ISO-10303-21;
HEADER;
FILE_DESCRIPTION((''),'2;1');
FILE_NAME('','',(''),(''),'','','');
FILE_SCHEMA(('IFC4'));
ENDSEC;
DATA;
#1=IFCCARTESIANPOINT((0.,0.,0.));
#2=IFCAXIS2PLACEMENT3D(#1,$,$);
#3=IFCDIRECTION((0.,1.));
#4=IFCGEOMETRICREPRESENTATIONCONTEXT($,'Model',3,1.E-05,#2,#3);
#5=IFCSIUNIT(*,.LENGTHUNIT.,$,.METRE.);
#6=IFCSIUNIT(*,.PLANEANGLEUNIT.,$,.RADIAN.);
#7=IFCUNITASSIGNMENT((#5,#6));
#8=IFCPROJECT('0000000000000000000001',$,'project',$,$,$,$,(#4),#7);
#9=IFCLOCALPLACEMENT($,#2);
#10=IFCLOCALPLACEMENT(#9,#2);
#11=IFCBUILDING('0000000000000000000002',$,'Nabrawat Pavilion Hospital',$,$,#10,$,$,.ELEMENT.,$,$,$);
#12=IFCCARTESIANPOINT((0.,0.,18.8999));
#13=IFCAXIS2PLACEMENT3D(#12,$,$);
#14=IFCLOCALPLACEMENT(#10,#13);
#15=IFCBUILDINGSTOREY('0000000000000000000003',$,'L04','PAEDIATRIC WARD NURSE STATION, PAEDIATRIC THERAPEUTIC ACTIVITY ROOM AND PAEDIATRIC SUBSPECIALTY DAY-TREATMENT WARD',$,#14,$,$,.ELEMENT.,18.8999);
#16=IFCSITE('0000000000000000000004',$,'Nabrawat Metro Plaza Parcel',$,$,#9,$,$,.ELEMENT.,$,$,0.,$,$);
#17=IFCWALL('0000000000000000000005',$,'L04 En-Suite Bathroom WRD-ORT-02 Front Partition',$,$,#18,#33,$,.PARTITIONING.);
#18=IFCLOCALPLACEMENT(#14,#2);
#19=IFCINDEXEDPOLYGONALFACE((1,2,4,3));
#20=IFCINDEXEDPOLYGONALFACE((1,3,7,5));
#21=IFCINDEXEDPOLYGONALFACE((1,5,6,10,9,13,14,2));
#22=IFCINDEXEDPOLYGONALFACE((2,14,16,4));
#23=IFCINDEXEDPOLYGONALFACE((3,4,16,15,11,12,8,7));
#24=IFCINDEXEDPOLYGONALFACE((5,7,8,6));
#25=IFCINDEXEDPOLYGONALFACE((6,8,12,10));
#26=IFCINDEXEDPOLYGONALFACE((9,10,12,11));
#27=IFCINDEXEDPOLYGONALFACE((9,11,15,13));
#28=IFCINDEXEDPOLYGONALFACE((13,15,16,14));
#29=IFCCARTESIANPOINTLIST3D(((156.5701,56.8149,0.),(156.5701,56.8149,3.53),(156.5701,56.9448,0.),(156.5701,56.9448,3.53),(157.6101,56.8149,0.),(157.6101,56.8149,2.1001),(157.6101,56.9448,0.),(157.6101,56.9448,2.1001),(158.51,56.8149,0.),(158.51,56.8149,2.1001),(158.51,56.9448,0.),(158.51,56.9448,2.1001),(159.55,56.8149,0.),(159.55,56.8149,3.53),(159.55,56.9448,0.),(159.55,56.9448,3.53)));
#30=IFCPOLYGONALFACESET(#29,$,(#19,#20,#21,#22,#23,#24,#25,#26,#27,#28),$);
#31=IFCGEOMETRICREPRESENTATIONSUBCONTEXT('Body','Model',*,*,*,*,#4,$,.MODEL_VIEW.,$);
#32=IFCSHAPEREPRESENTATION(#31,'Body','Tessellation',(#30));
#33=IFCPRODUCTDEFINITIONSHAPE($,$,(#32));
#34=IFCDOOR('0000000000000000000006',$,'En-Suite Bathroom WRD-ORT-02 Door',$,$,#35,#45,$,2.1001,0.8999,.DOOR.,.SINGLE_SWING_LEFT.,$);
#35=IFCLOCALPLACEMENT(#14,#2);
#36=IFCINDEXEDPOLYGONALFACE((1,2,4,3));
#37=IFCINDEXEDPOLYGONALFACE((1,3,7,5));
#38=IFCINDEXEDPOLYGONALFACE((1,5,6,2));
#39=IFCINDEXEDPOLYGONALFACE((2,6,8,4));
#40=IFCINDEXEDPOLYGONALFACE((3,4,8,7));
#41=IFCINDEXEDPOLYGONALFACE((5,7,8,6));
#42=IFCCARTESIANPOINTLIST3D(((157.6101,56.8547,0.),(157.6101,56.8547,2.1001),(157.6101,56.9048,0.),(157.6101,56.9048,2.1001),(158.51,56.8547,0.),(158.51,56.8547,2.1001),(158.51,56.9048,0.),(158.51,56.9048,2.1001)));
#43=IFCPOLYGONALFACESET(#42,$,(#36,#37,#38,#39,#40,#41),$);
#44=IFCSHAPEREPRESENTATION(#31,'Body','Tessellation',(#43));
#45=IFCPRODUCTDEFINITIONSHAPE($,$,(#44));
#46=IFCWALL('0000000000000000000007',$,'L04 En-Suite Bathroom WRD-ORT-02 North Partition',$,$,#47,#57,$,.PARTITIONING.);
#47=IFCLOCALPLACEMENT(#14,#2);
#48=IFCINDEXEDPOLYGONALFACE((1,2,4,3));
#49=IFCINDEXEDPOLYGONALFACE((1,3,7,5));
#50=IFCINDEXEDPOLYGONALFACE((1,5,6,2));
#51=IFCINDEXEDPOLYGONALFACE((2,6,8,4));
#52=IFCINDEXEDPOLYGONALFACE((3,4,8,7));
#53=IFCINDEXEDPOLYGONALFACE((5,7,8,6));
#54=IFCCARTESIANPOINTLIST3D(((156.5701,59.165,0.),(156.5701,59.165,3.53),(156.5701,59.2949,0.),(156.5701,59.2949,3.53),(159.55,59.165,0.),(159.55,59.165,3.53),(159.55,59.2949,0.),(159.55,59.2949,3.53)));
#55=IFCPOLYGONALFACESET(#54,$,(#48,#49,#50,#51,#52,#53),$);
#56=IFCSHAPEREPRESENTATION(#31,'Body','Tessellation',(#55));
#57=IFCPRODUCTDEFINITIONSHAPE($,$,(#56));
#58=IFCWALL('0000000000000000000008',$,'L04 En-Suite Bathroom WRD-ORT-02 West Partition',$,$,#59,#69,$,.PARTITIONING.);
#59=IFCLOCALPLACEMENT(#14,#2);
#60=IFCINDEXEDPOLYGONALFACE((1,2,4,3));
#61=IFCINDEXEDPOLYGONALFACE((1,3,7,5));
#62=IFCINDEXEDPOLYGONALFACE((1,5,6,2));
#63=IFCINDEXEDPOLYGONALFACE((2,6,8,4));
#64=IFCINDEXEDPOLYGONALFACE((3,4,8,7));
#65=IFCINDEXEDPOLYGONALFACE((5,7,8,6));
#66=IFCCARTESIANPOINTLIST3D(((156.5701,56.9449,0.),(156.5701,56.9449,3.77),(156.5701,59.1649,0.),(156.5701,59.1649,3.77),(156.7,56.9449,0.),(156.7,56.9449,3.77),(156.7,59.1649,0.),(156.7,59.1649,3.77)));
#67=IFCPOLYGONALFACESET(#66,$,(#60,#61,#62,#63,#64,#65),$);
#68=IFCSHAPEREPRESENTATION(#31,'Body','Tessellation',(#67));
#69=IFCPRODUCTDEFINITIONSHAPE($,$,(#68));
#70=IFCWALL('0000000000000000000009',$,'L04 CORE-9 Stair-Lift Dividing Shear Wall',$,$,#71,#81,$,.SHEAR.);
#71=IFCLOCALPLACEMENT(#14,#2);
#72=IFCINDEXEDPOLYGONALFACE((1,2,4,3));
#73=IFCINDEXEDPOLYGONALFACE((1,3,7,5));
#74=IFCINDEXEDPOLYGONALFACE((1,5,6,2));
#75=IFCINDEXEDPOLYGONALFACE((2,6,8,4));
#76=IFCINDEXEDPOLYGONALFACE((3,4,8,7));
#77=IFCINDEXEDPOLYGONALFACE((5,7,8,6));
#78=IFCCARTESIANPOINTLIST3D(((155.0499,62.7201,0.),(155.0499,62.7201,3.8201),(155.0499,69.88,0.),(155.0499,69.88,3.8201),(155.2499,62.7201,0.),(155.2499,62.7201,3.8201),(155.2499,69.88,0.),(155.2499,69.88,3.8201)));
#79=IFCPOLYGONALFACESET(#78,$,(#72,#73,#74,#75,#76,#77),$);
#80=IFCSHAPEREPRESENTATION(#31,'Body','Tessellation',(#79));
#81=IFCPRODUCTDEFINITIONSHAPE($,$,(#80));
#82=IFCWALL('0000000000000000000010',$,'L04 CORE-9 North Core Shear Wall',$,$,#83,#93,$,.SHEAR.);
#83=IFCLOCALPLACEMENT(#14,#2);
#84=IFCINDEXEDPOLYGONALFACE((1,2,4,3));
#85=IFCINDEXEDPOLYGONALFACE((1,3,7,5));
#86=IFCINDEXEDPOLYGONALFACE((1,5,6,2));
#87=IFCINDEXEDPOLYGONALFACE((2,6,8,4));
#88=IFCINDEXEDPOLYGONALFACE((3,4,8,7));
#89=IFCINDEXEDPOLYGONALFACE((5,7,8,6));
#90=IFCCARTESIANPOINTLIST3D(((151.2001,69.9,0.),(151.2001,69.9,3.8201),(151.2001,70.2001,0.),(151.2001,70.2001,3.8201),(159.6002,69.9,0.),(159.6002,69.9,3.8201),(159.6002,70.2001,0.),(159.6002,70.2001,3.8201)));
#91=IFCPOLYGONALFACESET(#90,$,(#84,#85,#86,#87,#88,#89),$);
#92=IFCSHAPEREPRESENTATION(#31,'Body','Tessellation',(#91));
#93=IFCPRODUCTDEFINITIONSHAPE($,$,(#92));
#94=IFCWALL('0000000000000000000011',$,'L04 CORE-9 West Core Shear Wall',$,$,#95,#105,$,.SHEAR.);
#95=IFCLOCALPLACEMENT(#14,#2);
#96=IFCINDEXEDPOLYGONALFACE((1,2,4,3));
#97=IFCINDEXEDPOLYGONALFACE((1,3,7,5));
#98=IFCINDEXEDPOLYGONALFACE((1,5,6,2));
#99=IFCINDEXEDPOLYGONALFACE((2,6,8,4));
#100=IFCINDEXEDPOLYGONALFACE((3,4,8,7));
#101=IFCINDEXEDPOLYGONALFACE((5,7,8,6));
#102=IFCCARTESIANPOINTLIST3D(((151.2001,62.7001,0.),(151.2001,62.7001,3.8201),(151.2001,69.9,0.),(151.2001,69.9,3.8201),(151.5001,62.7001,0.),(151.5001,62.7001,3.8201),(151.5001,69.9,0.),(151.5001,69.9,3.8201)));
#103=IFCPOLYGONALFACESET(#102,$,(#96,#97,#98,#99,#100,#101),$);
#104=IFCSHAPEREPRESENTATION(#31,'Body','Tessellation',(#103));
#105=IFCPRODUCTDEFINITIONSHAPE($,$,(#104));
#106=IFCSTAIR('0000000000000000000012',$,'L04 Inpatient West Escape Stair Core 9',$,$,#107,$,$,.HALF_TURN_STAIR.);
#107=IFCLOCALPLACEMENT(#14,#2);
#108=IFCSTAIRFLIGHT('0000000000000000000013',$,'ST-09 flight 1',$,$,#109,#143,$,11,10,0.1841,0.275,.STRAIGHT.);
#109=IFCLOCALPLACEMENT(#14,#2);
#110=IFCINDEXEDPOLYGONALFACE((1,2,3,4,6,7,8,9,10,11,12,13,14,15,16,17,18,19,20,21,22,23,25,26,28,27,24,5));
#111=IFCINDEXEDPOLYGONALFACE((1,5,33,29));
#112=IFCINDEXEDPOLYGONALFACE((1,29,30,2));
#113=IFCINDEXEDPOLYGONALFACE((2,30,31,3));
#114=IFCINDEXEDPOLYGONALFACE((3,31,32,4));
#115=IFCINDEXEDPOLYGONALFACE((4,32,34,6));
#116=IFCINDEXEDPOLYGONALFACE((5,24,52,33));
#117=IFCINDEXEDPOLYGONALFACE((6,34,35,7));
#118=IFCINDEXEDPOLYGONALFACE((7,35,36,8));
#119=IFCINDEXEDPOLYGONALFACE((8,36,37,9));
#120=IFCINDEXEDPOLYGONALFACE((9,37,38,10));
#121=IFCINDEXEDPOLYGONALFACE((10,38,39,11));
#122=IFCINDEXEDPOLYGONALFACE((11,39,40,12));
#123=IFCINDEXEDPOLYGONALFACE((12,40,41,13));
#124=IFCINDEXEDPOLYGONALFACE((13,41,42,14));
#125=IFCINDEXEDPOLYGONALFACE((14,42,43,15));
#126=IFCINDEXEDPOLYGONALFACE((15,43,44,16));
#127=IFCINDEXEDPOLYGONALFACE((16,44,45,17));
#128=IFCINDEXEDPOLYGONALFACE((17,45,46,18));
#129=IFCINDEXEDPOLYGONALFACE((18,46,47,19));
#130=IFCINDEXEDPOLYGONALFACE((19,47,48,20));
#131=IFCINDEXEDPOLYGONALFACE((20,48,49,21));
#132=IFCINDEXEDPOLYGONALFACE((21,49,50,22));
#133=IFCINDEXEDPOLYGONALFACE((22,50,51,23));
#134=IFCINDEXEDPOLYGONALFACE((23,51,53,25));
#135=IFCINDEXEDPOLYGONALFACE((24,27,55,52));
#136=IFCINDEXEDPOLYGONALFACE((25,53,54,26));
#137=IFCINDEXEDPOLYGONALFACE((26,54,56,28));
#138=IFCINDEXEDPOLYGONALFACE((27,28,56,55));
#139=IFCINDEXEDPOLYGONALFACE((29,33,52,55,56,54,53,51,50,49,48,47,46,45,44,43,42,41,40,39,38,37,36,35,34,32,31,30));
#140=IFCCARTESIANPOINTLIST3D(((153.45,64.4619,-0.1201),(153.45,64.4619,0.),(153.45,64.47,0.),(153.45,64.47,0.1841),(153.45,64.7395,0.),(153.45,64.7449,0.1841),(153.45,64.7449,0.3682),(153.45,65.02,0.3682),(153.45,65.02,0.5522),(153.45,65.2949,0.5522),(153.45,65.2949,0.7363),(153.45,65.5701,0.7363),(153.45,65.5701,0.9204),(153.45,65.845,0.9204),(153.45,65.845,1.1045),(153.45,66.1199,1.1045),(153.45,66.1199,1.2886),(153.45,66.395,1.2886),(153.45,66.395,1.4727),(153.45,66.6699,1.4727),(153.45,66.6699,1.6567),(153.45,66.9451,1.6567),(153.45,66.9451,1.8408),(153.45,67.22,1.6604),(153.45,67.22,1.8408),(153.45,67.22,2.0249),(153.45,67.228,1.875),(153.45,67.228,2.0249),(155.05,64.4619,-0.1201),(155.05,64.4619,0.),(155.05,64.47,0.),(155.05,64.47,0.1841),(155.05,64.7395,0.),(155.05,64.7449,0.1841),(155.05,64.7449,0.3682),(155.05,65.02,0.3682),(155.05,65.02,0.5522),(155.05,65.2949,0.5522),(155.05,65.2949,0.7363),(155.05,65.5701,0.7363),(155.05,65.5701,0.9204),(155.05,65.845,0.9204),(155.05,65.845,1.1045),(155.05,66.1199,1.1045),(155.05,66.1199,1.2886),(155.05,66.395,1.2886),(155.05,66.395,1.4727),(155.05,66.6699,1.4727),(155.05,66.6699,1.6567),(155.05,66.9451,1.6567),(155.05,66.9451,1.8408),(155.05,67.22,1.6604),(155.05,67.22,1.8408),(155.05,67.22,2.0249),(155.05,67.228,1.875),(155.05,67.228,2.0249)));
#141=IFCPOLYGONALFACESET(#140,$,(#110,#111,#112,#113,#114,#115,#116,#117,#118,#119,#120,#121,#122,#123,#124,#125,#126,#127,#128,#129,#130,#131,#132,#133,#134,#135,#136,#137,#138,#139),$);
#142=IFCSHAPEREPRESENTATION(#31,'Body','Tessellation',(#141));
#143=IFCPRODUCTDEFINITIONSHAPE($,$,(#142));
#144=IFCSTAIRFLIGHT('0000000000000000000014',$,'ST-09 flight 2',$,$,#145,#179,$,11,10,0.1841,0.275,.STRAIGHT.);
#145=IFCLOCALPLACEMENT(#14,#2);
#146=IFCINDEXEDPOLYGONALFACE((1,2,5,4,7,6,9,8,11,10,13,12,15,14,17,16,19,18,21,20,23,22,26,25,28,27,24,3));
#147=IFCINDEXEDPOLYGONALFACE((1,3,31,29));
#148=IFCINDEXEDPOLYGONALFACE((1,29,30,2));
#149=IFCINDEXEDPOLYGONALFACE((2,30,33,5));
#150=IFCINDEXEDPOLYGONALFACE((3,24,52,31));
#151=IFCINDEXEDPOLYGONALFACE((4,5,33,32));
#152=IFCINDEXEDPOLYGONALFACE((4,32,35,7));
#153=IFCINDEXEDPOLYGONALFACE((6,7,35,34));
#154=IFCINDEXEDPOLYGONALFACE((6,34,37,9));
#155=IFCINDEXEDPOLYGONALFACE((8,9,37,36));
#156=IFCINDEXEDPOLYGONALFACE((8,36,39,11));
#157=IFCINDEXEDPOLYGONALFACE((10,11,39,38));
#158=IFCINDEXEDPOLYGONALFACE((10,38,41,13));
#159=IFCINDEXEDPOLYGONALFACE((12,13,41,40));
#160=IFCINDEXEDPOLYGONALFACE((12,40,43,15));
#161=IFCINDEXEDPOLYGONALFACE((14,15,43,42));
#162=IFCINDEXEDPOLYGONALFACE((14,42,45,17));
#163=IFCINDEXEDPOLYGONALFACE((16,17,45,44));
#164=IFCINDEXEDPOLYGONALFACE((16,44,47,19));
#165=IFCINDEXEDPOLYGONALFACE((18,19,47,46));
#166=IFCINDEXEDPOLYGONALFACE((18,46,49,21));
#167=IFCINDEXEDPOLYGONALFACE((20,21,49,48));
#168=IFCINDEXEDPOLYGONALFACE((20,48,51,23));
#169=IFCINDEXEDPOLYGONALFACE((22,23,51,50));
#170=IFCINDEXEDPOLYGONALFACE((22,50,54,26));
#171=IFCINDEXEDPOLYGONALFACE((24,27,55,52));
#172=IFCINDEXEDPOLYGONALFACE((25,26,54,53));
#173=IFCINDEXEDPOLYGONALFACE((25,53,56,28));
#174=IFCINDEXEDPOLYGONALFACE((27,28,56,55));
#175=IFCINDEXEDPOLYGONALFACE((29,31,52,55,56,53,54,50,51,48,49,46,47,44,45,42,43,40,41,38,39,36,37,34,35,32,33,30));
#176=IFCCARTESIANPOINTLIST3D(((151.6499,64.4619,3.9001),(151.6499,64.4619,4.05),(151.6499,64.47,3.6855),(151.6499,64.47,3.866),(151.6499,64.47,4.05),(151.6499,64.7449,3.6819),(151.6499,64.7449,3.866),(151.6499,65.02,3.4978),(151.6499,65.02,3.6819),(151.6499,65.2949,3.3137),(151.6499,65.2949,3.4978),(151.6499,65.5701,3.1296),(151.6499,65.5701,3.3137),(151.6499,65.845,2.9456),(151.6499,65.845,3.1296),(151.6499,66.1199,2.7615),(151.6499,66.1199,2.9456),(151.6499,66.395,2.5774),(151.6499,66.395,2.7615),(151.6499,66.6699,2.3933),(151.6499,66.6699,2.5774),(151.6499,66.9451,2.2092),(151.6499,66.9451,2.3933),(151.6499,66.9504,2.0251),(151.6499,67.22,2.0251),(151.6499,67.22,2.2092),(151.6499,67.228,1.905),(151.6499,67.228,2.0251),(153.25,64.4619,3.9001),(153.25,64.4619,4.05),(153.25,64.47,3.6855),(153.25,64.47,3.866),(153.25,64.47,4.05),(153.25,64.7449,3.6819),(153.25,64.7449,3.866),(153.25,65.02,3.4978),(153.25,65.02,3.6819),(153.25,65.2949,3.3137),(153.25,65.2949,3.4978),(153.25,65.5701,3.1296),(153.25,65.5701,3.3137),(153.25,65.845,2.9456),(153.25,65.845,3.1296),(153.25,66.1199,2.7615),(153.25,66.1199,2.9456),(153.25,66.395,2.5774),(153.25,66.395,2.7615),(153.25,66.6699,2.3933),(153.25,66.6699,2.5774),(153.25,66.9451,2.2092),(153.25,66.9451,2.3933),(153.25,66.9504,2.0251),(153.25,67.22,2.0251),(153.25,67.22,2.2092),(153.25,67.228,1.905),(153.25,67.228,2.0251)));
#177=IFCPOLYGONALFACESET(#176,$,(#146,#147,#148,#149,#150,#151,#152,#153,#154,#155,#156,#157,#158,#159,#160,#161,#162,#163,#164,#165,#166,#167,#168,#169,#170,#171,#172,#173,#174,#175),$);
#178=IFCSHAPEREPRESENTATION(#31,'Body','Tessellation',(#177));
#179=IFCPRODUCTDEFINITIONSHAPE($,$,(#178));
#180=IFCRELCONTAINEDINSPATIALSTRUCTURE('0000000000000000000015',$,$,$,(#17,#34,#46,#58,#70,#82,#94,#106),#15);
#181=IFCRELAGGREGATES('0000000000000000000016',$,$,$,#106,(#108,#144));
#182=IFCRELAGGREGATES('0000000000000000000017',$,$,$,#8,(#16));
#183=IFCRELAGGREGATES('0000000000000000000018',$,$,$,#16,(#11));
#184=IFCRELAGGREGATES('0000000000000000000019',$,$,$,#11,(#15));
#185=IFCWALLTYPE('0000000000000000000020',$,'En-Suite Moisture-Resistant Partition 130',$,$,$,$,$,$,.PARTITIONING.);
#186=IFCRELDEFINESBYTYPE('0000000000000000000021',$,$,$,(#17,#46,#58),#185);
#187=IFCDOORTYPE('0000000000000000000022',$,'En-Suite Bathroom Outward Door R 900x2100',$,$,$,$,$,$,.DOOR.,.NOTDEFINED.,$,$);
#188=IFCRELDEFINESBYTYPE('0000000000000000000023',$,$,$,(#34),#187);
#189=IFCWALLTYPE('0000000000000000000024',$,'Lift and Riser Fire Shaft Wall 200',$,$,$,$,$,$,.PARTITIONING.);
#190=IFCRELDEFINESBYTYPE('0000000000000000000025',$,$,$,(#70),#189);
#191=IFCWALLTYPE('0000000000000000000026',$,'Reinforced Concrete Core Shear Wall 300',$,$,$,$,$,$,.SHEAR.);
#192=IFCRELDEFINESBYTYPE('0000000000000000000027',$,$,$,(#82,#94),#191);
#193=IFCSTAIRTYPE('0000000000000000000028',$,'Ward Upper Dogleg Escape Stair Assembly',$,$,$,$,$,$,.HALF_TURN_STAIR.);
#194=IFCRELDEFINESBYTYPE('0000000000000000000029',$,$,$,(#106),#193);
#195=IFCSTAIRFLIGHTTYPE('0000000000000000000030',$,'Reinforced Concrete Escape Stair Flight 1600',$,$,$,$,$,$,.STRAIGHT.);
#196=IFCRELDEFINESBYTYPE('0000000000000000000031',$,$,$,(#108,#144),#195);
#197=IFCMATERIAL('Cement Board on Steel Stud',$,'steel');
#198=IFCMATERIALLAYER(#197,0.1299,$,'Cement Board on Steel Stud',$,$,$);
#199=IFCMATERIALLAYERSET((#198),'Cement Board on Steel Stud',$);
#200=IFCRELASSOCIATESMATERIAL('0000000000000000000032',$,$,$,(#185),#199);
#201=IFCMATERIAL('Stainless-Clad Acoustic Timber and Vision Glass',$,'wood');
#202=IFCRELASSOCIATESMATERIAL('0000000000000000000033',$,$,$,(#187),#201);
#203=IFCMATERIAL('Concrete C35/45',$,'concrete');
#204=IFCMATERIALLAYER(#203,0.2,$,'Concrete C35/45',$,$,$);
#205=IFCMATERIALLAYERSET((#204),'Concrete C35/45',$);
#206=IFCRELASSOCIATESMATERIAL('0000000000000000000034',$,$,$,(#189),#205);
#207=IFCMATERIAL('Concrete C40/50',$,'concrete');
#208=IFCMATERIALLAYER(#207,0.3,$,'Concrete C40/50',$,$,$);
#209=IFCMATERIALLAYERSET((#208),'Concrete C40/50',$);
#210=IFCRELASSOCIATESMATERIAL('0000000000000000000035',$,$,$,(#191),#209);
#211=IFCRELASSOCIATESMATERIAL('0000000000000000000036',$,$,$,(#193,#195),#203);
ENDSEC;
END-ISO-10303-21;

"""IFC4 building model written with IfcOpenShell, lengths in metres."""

from ifc_helpers import new_model, si_unit, direction, frame, frame_2d, origin, place, context, subcontext, project, spatial, polyline, rectangle, outline, extrude, material, layer, layer_set, type_object, element, fill, aggregate, save


model = new_model("IFC4")

# Units and contexts
model_context = context("Model", 3, precision=1e-05, world=origin(), true_north=direction((0.0, 1.0)))
body_context = subcontext(model_context, "Body", "Model", "MODEL_VIEW")
ifc_project = project(units=[si_unit("LENGTHUNIT", "METRE"), si_unit("PLANEANGLEUNIT", "RADIAN")], contexts=[model_context])

# Site, building, storey
site_placement = place(None, origin())
site = spatial("IfcSite", under=ifc_project, at=site_placement, Name="Nabrawat Metro Plaza Parcel", CompositionType="ELEMENT", RefElevation=0.0)
building_placement = place(site_placement, origin())
building = spatial("IfcBuilding", under=site, at=building_placement, Name="Nabrawat Pavilion Hospital", CompositionType="ELEMENT")
storey_placement = place(building_placement, frame((0.0, 0.0, 18.8999)))
storey = spatial("IfcBuildingStorey", under=building, at=storey_placement, Name="L04", Description="PAEDIATRIC WARD NURSE STATION, PAEDIATRIC THERAPEUTIC ACTIVITY ROOM AND PAEDIATRIC SUBSPECIALTY DAY-TREATMENT WARD", CompositionType="ELEMENT", Elevation=18.8999)

# Shared definitions
ifc_material_1 = material(Name="Concrete C40/50", Category="concrete")

# Wall, opening, door
ifc_material_2 = material(Name="Cement Board on Steel Stud", Category="steel")
ifc_layer_1 = layer(ifc_material_2, 0.1299, Name="Cement Board on Steel Stud")
ifc_layer_set_1 = layer_set([ifc_layer_1], Name="Cement Board on Steel Stud")
wall_type_1 = type_object("IfcWallType", Name="En-Suite Moisture-Resistant Partition 130", PredefinedType="PARTITIONING", material=ifc_layer_set_1)
wall_1_placement = place(storey_placement, frame((156.5701, 56.8799, 0.0), z_axis=(0.0, 0.0, 1.0), x_axis=(1.0, 0.0, 0.0)))
wall_1 = element("IfcWall", 1, at=wall_1_placement, inside=storey, type_object=wall_type_1, Name="L04 En-Suite Bathroom WRD-ORT-02 Front Partition", PredefinedType="PARTITIONING", context=body_context, shape_type="SweptSolid", body=[
    extrude(rectangle(XDim=2.98, YDim=0.1299, at=frame_2d((1.49, 0.0))), origin(), (0.0, 0.0, 1.0), 3.53),
])
opening_1_placement = place(wall_1_placement, frame((1.04, 0.0, 0.0)))
opening_1 = element("IfcOpeningElement", 2, at=opening_1_placement, cuts=wall_1, PredefinedType="OPENING", context=body_context, shape_type="SweptSolid", body=[
    extrude(rectangle(XDim=0.8999, YDim=2.1001, at=frame_2d((0.45, 1.05))), frame((0.0, 0.075, 0.0), z_axis=(0.0, -1.0, 0.0), x_axis=(1.0, 0.0, 0.0)), (0.0, 0.0, 1.0), 0.1499),
])
ifc_material_3 = material(Name="Stainless-Clad Acoustic Timber and Vision Glass", Category="wood")
door_type_1 = type_object("IfcDoorType", Name="En-Suite Bathroom Outward Door R 900x2100", OperationType="NOTDEFINED", PredefinedType="DOOR", material=ifc_material_3)
door_1_placement = place(opening_1_placement, origin())
door_1 = element("IfcDoor", 3, at=door_1_placement, inside=storey, type_object=door_type_1, Name="En-Suite Bathroom WRD-ORT-02 Door", OperationType="SINGLE_SWING_LEFT", OverallHeight=2.1001, OverallWidth=0.8999, PredefinedType="DOOR", context=body_context, shape_type="SweptSolid", body=[
    extrude(rectangle(XDim=0.8999, YDim=2.1001, at=frame_2d((0.45, 1.05))), frame((0.0, 0.0249, 0.0), z_axis=(0.0, -1.0, 0.0), x_axis=(1.0, 0.0, 0.0)), (0.0, 0.0, 1.0), 0.05),
])
fill(opening_1, door_1)

# Walls
wall_2_placement = place(storey_placement, frame((156.5701, 59.23, 0.0), z_axis=(0.0, 0.0, 1.0), x_axis=(1.0, 0.0, 0.0)))
element("IfcWall", 4, at=wall_2_placement, inside=storey, type_object=wall_type_1, Name="L04 En-Suite Bathroom WRD-ORT-02 North Partition", PredefinedType="PARTITIONING", context=body_context, shape_type="SweptSolid", body=[
    extrude(rectangle(XDim=2.98, YDim=0.1299, at=frame_2d((1.49, 0.0))), origin(), (0.0, 0.0, 1.0), 3.53),
])
wall_3_placement = place(storey_placement, frame((156.635, 56.9451, 0.0), z_axis=(0.0, 0.0, 1.0), x_axis=(0.0, 1.0, 0.0)))
element("IfcWall", 5, at=wall_3_placement, inside=storey, type_object=wall_type_1, Name="L04 En-Suite Bathroom WRD-ORT-02 West Partition", PredefinedType="PARTITIONING", context=body_context, shape_type="SweptSolid", body=[
    extrude(rectangle(XDim=2.22, YDim=0.1299, at=frame_2d((1.1099, 0.0))), origin(), (0.0, 0.0, 1.0), 3.77),
])
ifc_material_4 = material(Name="Concrete C35/45", Category="concrete")
ifc_layer_2 = layer(ifc_material_4, 0.2, Name="Concrete C35/45")
ifc_layer_set_2 = layer_set([ifc_layer_2], Name="Concrete C35/45")
wall_type_2 = type_object("IfcWallType", Name="Lift and Riser Fire Shaft Wall 200", PredefinedType="PARTITIONING", material=ifc_layer_set_2)
wall_4_placement = place(storey_placement, frame((155.1499, 62.72, 0.0), z_axis=(0.0, 0.0, 1.0), x_axis=(0.0, 1.0, 0.0)))
element("IfcWall", 6, at=wall_4_placement, inside=storey, type_object=wall_type_2, Name="L04 CORE-9 Stair-Lift Dividing Shear Wall", PredefinedType="SHEAR", context=body_context, shape_type="SweptSolid", body=[
    extrude(rectangle(XDim=7.1599, YDim=0.2, at=frame_2d((3.5801, 0.0))), origin(), (0.0, 0.0, 1.0), 3.8201),
])

# Shared definitions
ifc_layer_3 = layer(ifc_material_1, 0.3, Name="Concrete C40/50")
ifc_layer_set_3 = layer_set([ifc_layer_3], Name="Concrete C40/50")
wall_type_3 = type_object("IfcWallType", Name="Reinforced Concrete Core Shear Wall 300", PredefinedType="SHEAR", material=ifc_layer_set_3)

# Walls
wall_5_placement = place(storey_placement, frame((151.2, 70.05, 0.0), z_axis=(0.0, 0.0, 1.0), x_axis=(1.0, 0.0, 0.0)))
element("IfcWall", 7, at=wall_5_placement, inside=storey, type_object=wall_type_3, Name="L04 CORE-9 North Core Shear Wall", PredefinedType="SHEAR", context=body_context, shape_type="SweptSolid", body=[
    extrude(rectangle(XDim=8.4001, YDim=0.3, at=frame_2d((4.2002, 0.0))), origin(), (0.0, 0.0, 1.0), 3.8201),
])
wall_6_placement = place(storey_placement, frame((151.3501, 62.7, 0.0), z_axis=(0.0, 0.0, 1.0), x_axis=(0.0, 1.0, 0.0)))
element("IfcWall", 8, at=wall_6_placement, inside=storey, type_object=wall_type_3, Name="L04 CORE-9 West Core Shear Wall", PredefinedType="SHEAR", context=body_context, shape_type="SweptSolid", body=[
    extrude(rectangle(XDim=7.2, YDim=0.3, at=frame_2d((3.6001, 0.0))), origin(), (0.0, 0.0, 1.0), 3.8201),
])

# Stair, stair flights
stair_type = type_object("IfcStairType", Name="Ward Upper Dogleg Escape Stair Assembly", PredefinedType="HALF_TURN_STAIR", material=ifc_material_4)
stair_placement = place(storey_placement, origin())
stair = element("IfcStair", 9, at=stair_placement, inside=storey, type_object=stair_type, Name="L04 Inpatient West Escape Stair Core 9", PredefinedType="HALF_TURN_STAIR")
stair_flight_type = type_object("IfcStairFlightType", Name="Reinforced Concrete Escape Stair Flight 1600", PredefinedType="STRAIGHT", material=ifc_material_4)
stair_flight_1_placement = place(storey_placement, frame((154.25, 64.47, 0.0), z_axis=(0.0, 0.0, 1.0), x_axis=(0.0, 1.0, 0.0)))
stair_flight_1 = element("IfcStairFlight", 10, at=stair_flight_1_placement, type_object=stair_flight_type, Name="ST-09 flight 1", NumberOfRisers=11, NumberOfTreads=10, PredefinedType="STRAIGHT", RiserHeight=0.1841, TreadLength=0.275, context=body_context, shape_type="SweptSolid", body=[
    extrude(outline(polyline([(-0.0081, 0.0), (0.0, 0.0), (0.0, 0.1841), (0.2749, 0.1841), (0.2749, 0.3682), (0.55, 0.3682), (0.55, 0.5522), (0.825, 0.5522), (0.825, 0.7363), (1.1001, 0.7363), (1.1001, 0.9204), (1.375, 0.9204), (1.375, 1.1045), (1.6499, 1.1045), (1.6499, 1.2886), (1.925, 1.2886), (1.925, 1.4727), (2.2, 1.4727), (2.2, 1.6567), (2.4751, 1.6567), (2.4751, 1.8408), (2.75, 1.8408), (2.75, 2.0249), (2.7581, 2.0249), (2.7581, 1.875), (2.75, 1.6604), (0.2695, 0.0), (-0.0081, -0.1201), (-0.0081, 0.0)])), frame((0.0, 0.8, 0.0), z_axis=(0.0, -1.0, 0.0), x_axis=(1.0, 0.0, 0.0)), (0.0, 0.0, 1.0), 1.6001),
])
stair_flight_2_placement = place(storey_placement, frame((152.45, 67.22, 2.0251), z_axis=(0.0, 0.0, 1.0), x_axis=(0.0, -1.0, 0.0)))
stair_flight_2 = element("IfcStairFlight", 11, at=stair_flight_2_placement, type_object=stair_flight_type, Name="ST-09 flight 2", NumberOfRisers=11, NumberOfTreads=10, PredefinedType="STRAIGHT", RiserHeight=0.1841, TreadLength=0.275, context=body_context, shape_type="SweptSolid", body=[
    extrude(outline(polyline([(-0.0081, 0.0), (0.0, 0.0), (0.0, 0.1841), (0.2749, 0.1841), (0.2749, 0.3682), (0.55, 0.3682), (0.55, 0.5522), (0.825, 0.5522), (0.825, 0.7363), (1.1001, 0.7363), (1.1001, 0.9204), (1.375, 0.9204), (1.375, 1.1045), (1.6499, 1.1045), (1.6499, 1.2886), (1.925, 1.2886), (1.925, 1.4727), (2.2, 1.4727), (2.2, 1.6567), (2.4751, 1.6567), (2.4751, 1.8408), (2.75, 1.8408), (2.75, 2.0249), (2.7581, 2.0249), (2.7581, 1.875), (2.75, 1.6604), (0.2695, 0.0), (-0.0081, -0.1201), (-0.0081, 0.0)])), frame((0.0, 0.8, 0.0), z_axis=(0.0, -1.0, 0.0), x_axis=(1.0, 0.0, 0.0)), (0.0, 0.0, 1.0), 1.6001),
])
aggregate(stair, [stair_flight_1, stair_flight_2])

save(model, "model.ifc")
